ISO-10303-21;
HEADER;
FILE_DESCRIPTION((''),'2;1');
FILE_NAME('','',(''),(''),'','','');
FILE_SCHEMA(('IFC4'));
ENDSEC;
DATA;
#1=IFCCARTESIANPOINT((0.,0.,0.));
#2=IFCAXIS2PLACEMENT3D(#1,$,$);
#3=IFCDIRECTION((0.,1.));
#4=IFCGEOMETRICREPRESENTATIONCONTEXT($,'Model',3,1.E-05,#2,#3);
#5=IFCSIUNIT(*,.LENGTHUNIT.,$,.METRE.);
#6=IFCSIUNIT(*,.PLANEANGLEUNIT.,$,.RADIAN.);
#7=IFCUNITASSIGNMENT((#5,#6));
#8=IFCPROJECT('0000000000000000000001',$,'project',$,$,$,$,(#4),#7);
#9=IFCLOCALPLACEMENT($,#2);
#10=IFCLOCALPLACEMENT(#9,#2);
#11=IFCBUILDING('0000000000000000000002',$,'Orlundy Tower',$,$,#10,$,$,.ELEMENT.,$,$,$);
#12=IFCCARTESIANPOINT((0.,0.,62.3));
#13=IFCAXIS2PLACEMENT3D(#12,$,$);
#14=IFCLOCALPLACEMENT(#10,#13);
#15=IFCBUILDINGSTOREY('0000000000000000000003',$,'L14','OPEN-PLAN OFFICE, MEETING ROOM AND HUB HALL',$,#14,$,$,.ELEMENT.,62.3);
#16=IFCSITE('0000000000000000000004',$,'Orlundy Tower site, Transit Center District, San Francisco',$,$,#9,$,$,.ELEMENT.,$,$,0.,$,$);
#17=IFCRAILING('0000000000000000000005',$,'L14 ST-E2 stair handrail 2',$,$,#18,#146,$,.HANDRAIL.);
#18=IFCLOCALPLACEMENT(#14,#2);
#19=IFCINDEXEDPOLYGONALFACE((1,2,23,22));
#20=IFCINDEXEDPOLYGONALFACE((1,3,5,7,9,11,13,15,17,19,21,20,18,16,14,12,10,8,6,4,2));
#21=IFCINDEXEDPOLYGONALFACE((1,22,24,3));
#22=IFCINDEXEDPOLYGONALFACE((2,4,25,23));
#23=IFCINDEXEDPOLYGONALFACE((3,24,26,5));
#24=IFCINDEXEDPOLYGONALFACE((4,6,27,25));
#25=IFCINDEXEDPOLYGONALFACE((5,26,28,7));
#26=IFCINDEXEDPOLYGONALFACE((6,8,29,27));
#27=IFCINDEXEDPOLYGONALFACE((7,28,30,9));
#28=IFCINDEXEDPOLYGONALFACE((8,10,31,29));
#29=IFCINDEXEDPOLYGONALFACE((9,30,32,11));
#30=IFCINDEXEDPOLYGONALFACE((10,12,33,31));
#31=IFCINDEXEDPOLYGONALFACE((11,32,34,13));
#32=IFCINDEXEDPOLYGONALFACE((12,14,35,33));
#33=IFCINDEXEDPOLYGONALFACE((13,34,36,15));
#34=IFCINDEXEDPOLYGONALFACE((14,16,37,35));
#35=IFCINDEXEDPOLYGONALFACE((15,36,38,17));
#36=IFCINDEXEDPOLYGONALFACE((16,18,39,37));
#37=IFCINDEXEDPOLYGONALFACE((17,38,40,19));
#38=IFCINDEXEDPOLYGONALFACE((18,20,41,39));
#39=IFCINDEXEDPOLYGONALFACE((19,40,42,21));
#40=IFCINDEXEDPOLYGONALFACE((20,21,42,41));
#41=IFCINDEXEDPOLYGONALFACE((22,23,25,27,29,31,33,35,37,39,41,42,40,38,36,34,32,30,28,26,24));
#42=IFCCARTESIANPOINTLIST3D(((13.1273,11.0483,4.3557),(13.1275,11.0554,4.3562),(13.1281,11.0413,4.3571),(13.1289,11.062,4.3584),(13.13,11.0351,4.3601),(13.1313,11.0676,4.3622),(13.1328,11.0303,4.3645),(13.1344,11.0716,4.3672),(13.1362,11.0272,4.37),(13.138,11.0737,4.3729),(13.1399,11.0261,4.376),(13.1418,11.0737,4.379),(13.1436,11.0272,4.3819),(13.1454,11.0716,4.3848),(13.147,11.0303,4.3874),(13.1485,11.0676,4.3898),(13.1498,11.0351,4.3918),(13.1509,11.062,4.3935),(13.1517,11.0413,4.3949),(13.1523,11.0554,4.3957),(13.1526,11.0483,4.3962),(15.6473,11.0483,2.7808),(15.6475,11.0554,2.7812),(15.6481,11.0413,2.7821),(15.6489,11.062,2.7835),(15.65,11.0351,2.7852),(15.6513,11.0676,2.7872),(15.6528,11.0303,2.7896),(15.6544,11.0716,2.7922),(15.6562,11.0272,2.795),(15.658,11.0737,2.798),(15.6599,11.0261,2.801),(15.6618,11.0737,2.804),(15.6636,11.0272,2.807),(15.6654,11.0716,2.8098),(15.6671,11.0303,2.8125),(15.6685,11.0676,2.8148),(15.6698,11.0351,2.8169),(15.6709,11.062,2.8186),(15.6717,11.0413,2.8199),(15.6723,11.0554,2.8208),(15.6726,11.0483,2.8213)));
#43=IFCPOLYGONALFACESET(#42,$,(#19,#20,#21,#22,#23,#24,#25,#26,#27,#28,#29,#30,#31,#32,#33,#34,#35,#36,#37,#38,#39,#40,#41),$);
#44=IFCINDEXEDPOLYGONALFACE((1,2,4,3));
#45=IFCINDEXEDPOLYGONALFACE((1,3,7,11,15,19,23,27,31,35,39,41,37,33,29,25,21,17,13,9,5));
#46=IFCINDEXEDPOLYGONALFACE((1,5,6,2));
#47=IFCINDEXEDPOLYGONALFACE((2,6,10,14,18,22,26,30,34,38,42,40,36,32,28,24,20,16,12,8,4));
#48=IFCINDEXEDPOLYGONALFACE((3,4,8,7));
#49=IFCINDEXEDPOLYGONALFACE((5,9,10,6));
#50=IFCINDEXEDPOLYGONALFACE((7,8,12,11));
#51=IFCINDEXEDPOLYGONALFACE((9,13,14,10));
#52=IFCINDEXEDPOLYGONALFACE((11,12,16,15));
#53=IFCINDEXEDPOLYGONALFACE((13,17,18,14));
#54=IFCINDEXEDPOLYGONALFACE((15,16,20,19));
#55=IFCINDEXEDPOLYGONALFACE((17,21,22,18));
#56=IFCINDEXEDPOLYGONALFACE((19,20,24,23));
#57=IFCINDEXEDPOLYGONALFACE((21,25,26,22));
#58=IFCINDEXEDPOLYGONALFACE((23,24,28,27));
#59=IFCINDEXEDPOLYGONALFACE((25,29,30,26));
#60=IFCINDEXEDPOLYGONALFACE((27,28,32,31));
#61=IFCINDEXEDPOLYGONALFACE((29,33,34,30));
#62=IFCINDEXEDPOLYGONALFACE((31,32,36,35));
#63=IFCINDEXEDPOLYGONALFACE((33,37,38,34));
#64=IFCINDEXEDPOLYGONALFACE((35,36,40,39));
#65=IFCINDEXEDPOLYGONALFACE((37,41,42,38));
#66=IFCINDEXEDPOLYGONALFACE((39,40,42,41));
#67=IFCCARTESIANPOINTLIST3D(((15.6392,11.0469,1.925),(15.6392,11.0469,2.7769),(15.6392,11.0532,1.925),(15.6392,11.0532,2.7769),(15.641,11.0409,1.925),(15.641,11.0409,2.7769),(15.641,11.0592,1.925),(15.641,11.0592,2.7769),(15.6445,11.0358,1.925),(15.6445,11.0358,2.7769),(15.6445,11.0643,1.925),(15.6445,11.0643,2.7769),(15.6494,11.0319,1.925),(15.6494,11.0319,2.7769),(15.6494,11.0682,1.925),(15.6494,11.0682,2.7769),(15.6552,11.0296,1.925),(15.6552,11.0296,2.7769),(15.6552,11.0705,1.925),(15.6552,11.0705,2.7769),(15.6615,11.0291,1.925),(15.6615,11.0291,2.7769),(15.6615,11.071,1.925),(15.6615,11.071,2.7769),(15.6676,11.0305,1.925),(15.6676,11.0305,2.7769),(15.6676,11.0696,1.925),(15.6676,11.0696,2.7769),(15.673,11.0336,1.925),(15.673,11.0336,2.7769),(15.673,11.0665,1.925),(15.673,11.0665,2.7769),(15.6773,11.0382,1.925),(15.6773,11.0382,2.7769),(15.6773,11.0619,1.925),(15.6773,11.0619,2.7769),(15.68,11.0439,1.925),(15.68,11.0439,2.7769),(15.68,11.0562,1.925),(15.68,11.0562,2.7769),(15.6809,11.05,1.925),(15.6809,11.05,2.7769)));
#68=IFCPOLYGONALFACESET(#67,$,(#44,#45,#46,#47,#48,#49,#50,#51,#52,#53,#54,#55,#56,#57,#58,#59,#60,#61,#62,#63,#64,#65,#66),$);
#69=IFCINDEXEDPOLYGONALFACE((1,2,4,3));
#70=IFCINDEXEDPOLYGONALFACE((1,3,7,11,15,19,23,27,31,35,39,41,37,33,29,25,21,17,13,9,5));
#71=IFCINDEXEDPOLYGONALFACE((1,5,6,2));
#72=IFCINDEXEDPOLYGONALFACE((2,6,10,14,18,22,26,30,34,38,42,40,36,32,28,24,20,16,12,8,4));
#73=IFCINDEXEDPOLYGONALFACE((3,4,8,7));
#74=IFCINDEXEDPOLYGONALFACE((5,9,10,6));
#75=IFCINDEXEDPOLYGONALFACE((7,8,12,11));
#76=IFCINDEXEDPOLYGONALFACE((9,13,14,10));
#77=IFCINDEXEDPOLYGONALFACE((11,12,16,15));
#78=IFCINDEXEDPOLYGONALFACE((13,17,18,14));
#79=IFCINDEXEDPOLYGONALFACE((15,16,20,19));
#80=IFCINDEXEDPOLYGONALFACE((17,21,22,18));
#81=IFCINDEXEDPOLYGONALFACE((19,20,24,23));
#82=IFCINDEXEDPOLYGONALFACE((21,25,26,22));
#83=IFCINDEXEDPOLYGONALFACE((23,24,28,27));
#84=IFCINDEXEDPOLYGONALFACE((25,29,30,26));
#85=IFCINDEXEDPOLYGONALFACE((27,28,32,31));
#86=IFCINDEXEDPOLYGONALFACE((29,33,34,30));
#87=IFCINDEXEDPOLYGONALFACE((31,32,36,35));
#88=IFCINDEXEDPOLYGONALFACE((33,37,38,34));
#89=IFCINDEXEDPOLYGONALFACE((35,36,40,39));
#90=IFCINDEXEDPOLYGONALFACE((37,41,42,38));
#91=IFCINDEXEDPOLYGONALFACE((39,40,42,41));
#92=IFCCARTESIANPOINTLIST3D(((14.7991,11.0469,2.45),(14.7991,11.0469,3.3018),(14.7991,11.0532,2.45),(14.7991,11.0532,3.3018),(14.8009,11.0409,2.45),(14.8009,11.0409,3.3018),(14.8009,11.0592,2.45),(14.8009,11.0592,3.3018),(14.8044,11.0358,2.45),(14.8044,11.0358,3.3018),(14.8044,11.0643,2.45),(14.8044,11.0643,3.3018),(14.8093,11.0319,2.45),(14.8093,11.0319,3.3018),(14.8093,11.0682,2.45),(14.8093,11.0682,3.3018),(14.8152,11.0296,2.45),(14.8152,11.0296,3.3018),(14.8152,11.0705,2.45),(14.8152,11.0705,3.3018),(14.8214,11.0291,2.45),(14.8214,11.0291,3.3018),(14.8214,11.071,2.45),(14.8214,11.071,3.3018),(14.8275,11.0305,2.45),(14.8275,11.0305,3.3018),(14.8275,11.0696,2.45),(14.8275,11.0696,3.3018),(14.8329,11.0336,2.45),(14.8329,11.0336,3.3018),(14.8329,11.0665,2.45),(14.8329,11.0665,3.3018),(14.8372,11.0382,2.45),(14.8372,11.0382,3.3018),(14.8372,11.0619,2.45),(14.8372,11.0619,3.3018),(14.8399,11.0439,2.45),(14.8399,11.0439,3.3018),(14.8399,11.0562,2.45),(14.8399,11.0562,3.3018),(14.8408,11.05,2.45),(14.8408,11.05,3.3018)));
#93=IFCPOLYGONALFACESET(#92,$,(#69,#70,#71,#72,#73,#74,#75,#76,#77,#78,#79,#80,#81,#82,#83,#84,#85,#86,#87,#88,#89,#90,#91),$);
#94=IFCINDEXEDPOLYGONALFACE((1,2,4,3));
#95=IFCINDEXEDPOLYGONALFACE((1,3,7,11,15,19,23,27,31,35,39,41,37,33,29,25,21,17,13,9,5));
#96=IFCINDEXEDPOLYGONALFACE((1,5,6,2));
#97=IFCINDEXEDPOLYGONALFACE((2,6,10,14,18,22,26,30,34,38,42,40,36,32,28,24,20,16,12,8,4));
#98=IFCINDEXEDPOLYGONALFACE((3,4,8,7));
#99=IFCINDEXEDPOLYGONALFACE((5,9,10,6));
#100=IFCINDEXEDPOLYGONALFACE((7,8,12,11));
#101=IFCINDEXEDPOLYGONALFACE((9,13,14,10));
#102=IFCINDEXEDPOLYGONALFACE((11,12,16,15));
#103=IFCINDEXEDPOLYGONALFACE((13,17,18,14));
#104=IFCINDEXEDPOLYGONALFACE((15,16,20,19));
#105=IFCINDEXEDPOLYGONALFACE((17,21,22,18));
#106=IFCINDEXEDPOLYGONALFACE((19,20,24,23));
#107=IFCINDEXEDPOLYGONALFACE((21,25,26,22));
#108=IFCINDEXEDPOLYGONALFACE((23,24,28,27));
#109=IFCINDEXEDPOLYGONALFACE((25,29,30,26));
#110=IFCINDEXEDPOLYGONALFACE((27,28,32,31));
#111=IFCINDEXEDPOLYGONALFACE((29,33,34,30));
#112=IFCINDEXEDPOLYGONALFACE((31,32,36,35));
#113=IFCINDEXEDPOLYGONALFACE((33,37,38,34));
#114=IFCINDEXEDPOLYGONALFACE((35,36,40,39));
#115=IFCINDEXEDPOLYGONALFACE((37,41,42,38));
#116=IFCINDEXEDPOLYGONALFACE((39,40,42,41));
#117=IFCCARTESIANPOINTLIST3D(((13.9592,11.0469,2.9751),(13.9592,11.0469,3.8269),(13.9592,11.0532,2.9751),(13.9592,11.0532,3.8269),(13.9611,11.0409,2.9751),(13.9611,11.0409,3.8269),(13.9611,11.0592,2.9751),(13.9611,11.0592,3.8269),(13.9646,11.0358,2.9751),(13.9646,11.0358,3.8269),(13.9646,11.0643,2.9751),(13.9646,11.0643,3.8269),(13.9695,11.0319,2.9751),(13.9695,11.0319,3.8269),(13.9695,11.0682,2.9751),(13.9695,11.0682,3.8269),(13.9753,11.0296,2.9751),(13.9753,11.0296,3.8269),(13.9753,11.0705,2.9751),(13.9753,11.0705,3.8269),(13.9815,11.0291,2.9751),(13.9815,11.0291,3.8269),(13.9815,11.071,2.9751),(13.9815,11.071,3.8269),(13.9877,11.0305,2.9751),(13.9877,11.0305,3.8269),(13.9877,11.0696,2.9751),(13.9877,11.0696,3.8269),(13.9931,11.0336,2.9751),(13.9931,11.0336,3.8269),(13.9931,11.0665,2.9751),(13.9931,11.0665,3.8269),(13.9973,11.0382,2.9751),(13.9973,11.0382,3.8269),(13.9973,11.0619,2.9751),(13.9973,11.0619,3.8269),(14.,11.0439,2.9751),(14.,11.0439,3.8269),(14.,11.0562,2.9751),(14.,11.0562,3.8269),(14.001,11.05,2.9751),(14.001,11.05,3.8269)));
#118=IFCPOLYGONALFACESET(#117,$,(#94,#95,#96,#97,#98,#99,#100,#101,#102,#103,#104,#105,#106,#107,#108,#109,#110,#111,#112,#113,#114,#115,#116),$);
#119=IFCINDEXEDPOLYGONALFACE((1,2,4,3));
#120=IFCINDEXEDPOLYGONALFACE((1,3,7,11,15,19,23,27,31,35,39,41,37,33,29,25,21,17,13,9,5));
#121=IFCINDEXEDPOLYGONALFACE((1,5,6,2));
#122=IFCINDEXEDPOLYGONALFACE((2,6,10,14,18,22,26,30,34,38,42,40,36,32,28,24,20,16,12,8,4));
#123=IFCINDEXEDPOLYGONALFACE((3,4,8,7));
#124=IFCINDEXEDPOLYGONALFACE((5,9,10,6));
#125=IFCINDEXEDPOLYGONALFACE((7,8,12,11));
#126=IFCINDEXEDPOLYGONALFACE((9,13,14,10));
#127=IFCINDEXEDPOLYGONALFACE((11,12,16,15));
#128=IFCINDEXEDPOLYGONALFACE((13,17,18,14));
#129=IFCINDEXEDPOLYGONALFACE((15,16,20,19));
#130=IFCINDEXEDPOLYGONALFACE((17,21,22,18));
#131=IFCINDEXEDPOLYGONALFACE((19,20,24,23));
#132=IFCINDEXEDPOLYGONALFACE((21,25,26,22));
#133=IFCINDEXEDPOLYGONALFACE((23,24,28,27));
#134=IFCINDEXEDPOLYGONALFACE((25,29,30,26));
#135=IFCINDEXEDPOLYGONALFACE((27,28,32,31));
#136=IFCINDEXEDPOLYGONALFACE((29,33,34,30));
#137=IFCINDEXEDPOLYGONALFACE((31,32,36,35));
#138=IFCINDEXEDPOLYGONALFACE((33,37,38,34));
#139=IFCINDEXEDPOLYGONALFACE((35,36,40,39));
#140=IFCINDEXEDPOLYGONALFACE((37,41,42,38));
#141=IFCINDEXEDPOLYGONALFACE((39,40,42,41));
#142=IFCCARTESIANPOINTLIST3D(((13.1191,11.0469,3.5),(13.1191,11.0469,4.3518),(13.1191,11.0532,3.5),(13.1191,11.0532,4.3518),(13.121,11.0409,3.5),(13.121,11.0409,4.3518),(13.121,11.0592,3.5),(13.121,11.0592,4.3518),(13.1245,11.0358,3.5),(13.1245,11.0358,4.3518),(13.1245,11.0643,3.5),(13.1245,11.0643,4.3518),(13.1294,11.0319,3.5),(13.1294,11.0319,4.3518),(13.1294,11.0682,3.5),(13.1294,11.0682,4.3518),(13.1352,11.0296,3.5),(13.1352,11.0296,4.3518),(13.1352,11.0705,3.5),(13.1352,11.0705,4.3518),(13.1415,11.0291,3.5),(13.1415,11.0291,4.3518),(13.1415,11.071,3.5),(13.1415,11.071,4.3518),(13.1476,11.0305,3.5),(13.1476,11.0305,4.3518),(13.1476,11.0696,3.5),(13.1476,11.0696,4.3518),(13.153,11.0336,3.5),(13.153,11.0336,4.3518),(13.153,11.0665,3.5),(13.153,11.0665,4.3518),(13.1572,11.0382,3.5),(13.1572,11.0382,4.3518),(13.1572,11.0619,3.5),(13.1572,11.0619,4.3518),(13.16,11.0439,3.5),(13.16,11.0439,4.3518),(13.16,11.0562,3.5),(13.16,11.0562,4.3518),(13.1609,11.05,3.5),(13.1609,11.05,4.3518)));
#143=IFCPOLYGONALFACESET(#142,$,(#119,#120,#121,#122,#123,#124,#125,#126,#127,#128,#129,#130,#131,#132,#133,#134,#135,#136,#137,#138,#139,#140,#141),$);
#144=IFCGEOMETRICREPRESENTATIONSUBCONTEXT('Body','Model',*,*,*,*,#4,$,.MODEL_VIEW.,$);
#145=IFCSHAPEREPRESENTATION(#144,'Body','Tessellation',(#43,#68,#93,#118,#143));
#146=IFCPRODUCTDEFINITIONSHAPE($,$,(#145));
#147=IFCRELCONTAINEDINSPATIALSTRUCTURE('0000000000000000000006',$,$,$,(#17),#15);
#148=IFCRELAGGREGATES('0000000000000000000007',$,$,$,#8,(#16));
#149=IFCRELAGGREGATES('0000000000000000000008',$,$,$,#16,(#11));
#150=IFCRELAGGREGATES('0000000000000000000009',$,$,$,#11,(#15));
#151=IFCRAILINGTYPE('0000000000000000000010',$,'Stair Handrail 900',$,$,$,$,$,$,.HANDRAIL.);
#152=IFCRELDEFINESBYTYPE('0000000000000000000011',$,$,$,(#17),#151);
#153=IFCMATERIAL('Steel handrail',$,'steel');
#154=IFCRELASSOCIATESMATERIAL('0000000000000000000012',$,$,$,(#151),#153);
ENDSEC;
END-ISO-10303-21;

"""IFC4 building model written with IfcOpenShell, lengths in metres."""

from ifc_helpers import new_model, si_unit, direction, frame, origin, origin_2d, place, context, subcontext, project, spatial, circle, extrude, material, type_object, element, save


model = new_model("IFC4")

# Units and contexts
model_context = context("Model", 3, precision=1e-05, world=origin(), true_north=direction((0.0, 1.0)))
body_context = subcontext(model_context, "Body", "Model", "MODEL_VIEW")
ifc_project = project(units=[si_unit("LENGTHUNIT", "METRE"), si_unit("PLANEANGLEUNIT", "RADIAN")], contexts=[model_context])

# Site, building, storey
site_placement = place(None, origin())
site = spatial("IfcSite", under=ifc_project, at=site_placement, Name="Orlundy Tower site, Transit Center District, San Francisco", CompositionType="ELEMENT", RefElevation=0.0)
building_placement = place(site_placement, origin())
building = spatial("IfcBuilding", under=site, at=building_placement, Name="Orlundy Tower", CompositionType="ELEMENT")
storey_placement = place(building_placement, frame((0.0, 0.0, 62.3)))
storey = spatial("IfcBuildingStorey", under=building, at=storey_placement, Name="L14", Description="OPEN-PLAN OFFICE, MEETING ROOM AND HUB HALL", CompositionType="ELEMENT", Elevation=62.3)

# Railing
ifc_material_1 = material(Name="Steel handrail", Category="steel")
railing_type_1 = type_object("IfcRailingType", Name="Stair Handrail 900", PredefinedType="HANDRAIL", material=ifc_material_1)
railing_1_placement = place(storey_placement, frame((15.6599, 11.05, 1.925)))
element("IfcRailing", 1, at=railing_1_placement, inside=storey, type_object=railing_type_1, Name="L14 ST-E2 stair handrail 2", PredefinedType="HANDRAIL", context=body_context, shape_type="SweptSolid", body=[
    extrude(circle(Radius=0.0239, at=origin_2d()), frame((0.0, 0.0, 0.876), z_axis=(-0.848008, 0.0, 0.529984), x_axis=(0.0, -1.0, 0.0)), (0.0, 0.0, 1.0), 2.9717),
    extrude(circle(Radius=0.021, at=origin_2d()), origin(), (0.0, 0.0, 1.0), 0.8518),
    extrude(circle(Radius=0.021, at=origin_2d()), frame((-0.8401, 0.0, 0.5249)), (0.0, 0.0, 1.0), 0.8518),
    extrude(circle(Radius=0.021, at=origin_2d()), frame((-1.6799, 0.0, 1.05)), (0.0, 0.0, 1.0), 0.8518),
    extrude(circle(Radius=0.021, at=origin_2d()), frame((-2.52, 0.0, 1.575)), (0.0, 0.0, 1.0), 0.8518),
])

save(model, "model.ifc")
